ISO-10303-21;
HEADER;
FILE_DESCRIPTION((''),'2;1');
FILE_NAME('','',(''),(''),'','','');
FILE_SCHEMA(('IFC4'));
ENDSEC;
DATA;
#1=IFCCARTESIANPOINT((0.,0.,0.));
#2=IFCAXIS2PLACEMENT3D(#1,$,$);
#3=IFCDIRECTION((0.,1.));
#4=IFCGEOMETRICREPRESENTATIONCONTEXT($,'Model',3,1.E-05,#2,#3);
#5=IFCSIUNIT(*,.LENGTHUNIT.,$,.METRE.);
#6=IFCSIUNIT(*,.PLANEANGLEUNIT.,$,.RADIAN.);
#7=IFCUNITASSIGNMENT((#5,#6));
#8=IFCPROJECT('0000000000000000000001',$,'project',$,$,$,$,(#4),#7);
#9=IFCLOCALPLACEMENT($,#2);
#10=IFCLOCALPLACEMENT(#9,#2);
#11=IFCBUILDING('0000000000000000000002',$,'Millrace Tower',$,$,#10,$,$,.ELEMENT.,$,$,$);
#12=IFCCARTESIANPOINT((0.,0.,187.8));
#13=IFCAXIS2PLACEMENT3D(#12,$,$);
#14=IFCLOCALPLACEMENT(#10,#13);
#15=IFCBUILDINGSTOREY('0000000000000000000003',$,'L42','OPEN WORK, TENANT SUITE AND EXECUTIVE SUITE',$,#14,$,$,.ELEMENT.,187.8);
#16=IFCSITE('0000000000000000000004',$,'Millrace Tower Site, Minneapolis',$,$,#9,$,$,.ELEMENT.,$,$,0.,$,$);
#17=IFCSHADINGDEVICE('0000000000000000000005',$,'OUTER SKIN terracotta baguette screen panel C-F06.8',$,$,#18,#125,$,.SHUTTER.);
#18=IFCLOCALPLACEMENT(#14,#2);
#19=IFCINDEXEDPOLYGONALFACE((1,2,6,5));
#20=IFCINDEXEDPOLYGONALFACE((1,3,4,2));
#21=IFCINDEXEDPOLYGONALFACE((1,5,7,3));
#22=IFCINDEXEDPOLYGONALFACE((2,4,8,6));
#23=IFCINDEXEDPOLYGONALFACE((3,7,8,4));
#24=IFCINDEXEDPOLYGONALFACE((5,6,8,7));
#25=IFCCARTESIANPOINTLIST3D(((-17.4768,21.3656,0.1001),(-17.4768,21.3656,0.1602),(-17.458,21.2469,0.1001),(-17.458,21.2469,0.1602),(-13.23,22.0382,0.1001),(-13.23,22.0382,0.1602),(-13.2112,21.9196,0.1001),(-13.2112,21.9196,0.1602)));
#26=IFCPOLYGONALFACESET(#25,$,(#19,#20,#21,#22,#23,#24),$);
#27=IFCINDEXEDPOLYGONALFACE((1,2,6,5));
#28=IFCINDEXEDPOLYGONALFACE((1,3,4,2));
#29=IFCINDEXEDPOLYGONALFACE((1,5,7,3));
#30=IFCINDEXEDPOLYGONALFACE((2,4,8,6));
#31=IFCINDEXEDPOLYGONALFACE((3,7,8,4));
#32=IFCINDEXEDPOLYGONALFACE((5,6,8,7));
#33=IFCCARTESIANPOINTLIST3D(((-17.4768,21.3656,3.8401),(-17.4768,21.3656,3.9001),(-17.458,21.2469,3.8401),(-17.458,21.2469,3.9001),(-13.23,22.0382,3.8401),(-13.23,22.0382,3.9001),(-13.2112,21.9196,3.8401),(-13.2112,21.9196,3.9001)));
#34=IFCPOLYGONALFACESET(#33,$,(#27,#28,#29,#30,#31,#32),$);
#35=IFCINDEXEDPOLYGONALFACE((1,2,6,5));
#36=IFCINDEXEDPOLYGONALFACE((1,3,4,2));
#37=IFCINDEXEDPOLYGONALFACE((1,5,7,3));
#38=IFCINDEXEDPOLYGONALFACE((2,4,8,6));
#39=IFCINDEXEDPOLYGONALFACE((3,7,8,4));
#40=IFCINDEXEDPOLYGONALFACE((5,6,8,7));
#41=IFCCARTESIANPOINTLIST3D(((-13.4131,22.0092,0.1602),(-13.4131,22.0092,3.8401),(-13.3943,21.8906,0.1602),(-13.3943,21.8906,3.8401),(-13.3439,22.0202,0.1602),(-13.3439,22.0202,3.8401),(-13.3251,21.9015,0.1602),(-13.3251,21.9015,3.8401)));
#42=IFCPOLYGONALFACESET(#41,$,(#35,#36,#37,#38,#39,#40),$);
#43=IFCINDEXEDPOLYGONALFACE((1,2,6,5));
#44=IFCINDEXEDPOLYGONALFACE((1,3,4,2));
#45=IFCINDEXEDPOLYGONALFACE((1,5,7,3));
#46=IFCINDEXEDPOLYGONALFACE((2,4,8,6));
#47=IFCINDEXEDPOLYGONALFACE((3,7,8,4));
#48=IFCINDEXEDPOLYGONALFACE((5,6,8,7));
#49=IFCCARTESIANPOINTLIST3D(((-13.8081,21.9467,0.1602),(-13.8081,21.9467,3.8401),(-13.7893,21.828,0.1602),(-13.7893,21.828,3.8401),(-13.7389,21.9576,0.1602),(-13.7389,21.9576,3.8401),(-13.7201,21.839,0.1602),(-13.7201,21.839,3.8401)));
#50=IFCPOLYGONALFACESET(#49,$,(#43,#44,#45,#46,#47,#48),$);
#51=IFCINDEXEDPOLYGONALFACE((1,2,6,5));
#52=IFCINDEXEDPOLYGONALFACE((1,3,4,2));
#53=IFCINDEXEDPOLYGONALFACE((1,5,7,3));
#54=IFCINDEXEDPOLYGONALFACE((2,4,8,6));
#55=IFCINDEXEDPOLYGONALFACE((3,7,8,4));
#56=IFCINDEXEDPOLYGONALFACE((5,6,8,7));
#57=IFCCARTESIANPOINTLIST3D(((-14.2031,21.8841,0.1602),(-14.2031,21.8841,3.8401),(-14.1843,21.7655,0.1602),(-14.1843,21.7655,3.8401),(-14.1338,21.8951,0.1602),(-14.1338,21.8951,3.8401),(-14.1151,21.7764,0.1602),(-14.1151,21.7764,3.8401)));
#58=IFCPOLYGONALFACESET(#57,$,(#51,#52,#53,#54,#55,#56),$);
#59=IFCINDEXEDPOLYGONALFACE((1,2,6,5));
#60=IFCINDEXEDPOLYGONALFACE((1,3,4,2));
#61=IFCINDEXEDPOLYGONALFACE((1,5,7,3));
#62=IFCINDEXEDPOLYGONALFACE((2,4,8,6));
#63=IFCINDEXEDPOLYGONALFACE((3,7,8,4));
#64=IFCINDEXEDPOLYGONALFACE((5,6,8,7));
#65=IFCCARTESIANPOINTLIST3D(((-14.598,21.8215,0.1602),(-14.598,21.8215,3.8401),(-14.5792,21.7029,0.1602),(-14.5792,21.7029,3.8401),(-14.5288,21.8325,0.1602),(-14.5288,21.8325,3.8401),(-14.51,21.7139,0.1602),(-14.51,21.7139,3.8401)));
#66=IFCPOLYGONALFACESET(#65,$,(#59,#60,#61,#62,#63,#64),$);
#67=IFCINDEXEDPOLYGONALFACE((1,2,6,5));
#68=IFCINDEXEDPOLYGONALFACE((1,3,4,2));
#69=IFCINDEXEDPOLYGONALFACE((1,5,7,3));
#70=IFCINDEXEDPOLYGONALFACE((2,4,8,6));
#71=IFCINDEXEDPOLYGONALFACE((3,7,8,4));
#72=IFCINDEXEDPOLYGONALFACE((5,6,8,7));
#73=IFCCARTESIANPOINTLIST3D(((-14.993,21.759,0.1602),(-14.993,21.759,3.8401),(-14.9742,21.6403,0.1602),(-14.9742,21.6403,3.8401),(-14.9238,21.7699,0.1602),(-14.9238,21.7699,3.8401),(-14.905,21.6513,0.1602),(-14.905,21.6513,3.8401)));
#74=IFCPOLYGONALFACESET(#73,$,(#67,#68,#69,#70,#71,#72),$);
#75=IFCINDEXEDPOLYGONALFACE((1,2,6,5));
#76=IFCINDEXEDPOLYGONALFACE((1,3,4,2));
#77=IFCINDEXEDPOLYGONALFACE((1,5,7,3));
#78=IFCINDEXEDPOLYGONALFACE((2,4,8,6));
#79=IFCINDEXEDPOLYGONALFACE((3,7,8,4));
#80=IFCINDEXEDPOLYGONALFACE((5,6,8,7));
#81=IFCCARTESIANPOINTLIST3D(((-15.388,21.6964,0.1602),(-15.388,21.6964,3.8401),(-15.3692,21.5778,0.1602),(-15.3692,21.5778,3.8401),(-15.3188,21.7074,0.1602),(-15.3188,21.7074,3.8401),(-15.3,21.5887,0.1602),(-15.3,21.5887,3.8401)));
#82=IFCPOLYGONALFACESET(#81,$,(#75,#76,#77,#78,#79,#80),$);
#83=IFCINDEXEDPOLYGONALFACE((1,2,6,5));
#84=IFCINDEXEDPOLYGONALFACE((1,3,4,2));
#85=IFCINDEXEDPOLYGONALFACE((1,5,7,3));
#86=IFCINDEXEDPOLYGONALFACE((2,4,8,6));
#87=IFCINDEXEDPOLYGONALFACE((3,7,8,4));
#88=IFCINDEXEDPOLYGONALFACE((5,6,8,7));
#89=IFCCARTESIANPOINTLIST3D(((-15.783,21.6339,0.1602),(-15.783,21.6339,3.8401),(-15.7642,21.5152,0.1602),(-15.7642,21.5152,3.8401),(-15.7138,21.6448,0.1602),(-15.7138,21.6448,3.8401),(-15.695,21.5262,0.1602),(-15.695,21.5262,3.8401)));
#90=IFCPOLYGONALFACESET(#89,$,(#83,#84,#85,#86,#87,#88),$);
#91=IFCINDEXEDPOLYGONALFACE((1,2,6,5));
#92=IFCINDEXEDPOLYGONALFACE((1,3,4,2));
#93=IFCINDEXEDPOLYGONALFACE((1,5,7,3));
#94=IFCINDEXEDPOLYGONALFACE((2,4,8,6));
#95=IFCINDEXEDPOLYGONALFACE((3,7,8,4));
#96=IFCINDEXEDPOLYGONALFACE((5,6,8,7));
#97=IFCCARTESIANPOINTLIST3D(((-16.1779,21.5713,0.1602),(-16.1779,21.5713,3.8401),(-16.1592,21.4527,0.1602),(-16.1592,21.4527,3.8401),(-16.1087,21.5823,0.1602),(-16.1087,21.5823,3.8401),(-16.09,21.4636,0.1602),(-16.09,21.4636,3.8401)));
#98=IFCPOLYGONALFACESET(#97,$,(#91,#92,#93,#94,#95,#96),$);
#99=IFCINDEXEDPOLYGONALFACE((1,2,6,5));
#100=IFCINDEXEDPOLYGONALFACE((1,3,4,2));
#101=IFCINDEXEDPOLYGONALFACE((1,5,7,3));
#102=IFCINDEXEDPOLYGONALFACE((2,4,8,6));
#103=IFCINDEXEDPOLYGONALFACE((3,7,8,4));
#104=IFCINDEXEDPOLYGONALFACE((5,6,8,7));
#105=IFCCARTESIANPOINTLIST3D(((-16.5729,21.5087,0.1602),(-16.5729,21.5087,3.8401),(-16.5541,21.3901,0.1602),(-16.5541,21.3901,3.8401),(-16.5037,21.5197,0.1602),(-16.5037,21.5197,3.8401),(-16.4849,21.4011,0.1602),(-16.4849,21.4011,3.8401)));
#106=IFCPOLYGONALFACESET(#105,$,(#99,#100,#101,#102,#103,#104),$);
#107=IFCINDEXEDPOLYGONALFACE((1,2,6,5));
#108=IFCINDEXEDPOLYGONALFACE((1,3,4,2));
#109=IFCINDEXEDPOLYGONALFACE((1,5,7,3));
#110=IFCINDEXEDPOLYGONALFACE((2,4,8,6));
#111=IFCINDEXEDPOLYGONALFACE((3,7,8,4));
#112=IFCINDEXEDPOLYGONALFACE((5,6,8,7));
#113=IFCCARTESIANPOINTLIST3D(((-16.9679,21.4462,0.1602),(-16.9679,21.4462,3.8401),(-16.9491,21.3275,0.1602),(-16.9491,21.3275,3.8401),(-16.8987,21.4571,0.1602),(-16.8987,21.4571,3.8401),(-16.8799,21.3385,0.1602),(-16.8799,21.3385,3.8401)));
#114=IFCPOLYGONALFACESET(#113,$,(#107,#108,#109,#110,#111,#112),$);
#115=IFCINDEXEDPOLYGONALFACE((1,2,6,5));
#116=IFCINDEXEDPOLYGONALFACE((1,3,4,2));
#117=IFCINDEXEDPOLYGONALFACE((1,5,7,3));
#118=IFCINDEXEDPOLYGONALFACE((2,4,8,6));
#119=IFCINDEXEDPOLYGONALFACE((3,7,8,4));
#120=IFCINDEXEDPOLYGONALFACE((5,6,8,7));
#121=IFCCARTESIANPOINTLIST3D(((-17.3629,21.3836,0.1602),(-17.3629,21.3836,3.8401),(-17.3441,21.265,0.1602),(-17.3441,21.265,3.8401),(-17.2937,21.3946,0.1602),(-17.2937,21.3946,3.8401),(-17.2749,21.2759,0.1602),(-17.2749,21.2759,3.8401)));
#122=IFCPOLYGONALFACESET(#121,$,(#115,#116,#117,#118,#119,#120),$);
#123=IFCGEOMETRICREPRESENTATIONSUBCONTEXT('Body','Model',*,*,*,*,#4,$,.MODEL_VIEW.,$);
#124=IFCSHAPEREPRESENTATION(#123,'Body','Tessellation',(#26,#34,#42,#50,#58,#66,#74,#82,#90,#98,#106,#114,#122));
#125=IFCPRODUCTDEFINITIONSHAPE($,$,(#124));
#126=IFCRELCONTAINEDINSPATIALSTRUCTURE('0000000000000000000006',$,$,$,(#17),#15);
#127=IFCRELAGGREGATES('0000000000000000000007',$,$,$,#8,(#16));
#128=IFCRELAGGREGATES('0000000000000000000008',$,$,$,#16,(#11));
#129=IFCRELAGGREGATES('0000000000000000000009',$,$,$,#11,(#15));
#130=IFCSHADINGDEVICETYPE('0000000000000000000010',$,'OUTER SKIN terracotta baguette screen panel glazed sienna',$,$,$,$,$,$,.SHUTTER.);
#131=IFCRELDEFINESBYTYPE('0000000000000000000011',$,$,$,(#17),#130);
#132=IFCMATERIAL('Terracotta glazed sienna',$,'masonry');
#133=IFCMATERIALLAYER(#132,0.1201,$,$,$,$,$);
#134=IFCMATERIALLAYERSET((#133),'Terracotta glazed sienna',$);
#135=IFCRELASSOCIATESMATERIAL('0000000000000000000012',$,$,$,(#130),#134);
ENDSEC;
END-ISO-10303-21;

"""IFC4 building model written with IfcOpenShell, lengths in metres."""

from ifc_helpers import new_model, entity, si_unit, direction, frame, frame_2d, origin, origin_2d, place, context, subcontext, project, spatial, rectangle, extrude, source, transform, mapped, material, layer, layer_set, type_object, element, save


model = new_model("IFC4")

# Units and contexts
model_context = context("Model", 3, precision=1e-05, world=origin(), true_north=direction((0.0, 1.0)))
body_context = subcontext(model_context, "Body", "Model", "MODEL_VIEW")
ifc_project = project(units=[si_unit("LENGTHUNIT", "METRE"), si_unit("PLANEANGLEUNIT", "RADIAN")], contexts=[model_context])

# Site, building, storey
site_placement = place(None, origin())
site = spatial("IfcSite", under=ifc_project, at=site_placement, Name="Millrace Tower Site, Minneapolis", CompositionType="ELEMENT", RefElevation=0.0)
building_placement = place(site_placement, origin())
building = spatial("IfcBuilding", under=site, at=building_placement, Name="Millrace Tower", CompositionType="ELEMENT")
storey_placement = place(building_placement, frame((0.0, 0.0, 187.8)))
storey = spatial("IfcBuildingStorey", under=building, at=storey_placement, Name="L42", Description="OPEN WORK, TENANT SUITE AND EXECUTIVE SUITE", CompositionType="ELEMENT", Elevation=187.8)

# Shading device
ifc_material_1 = material(Name="Terracotta glazed sienna", Category="masonry")
ifc_layer_1 = layer(ifc_material_1, 0.1201)
ifc_layer_set_1 = layer_set([ifc_layer_1], Name="Terracotta glazed sienna")
shading_device_type = type_object("IfcShadingDeviceType", Name="OUTER SKIN terracotta baguette screen panel glazed sienna", PredefinedType="SHUTTER", material=ifc_layer_set_1)
cartesian_point_1 = entity("IfcCartesianPoint", [-2.1499, 0.0601])
shared_polyline_1 = entity("IfcPolyline", [cartesian_point_1, entity("IfcCartesianPoint", [2.1499, 0.0601]), entity("IfcCartesianPoint", [2.1499, -0.0601]), entity("IfcCartesianPoint", [-2.1499, -0.0601]), cartesian_point_1])
shared_shape_1 = source(origin(), body_context, "Body", "SweptSolid", [
    entity("IfcExtrudedAreaSolid", entity("IfcArbitraryClosedProfileDef", "AREA", None, shared_polyline_1), entity("IfcAxis2Placement3D", entity("IfcCartesianPoint", [0.0, 0.0, 0.0])), entity("IfcDirection", [0.0, 0.0, 1.0]), 0.0601),
    entity("IfcExtrudedAreaSolid", entity("IfcArbitraryClosedProfileDef", "AREA", None, shared_polyline_1), entity("IfcAxis2Placement3D", entity("IfcCartesianPoint", [0.0, 0.0, 3.74])), entity("IfcDirection", [0.0, 0.0, 1.0]), 0.0601),
    extrude(rectangle(XDim=0.0701, YDim=0.1201, at=frame_2d((-1.9995, 0.0))), frame((0.0, 0.0, 0.0601)), (0.0, 0.0, 1.0), 3.6799),
    extrude(rectangle(XDim=0.0701, YDim=0.1201, at=frame_2d((-1.5996, 0.0))), frame((0.0, 0.0, 0.0601)), (0.0, 0.0, 1.0), 3.6799),
    extrude(rectangle(XDim=0.0701, YDim=0.1201, at=frame_2d((-1.1997, 0.0))), frame((0.0, 0.0, 0.0601)), (0.0, 0.0, 1.0), 3.6799),
    extrude(rectangle(XDim=0.0701, YDim=0.1201, at=frame_2d((-0.7998, 0.0))), frame((0.0, 0.0, 0.0601)), (0.0, 0.0, 1.0), 3.6799),
    extrude(rectangle(XDim=0.0701, YDim=0.1201, at=frame_2d((-0.3999, 0.0))), frame((0.0, 0.0, 0.0601)), (0.0, 0.0, 1.0), 3.6799),
    extrude(rectangle(XDim=0.0701, YDim=0.1201, at=origin_2d()), frame((0.0, 0.0, 0.0601)), (0.0, 0.0, 1.0), 3.6799),
    extrude(rectangle(XDim=0.0701, YDim=0.1201, at=frame_2d((0.3999, 0.0))), frame((0.0, 0.0, 0.0601)), (0.0, 0.0, 1.0), 3.6799),
    extrude(rectangle(XDim=0.0701, YDim=0.1201, at=frame_2d((0.7998, 0.0))), frame((0.0, 0.0, 0.0601)), (0.0, 0.0, 1.0), 3.6799),
    extrude(rectangle(XDim=0.0701, YDim=0.1201, at=frame_2d((1.1997, 0.0))), frame((0.0, 0.0, 0.0601)), (0.0, 0.0, 1.0), 3.6799),
    extrude(rectangle(XDim=0.0701, YDim=0.1201, at=frame_2d((1.5996, 0.0))), frame((0.0, 0.0, 0.0601)), (0.0, 0.0, 1.0), 3.6799),
    extrude(rectangle(XDim=0.0701, YDim=0.1201, at=frame_2d((1.9995, 0.0))), frame((0.0, 0.0, 0.0601)), (0.0, 0.0, 1.0), 3.6799),
])
shading_device_1_placement = place(storey_placement, frame((-15.344, 21.6426, 0.1001), z_axis=(0.0, 0.0, 1.0), x_axis=(-0.987688, -0.156434, 0.0)))
element("IfcShadingDevice", 1, at=shading_device_1_placement, inside=storey, type_object=shading_device_type, Name="OUTER SKIN terracotta baguette screen panel C-F06.8", PredefinedType="SHUTTER", context=body_context, shape_type="MappedRepresentation", body=[
    mapped(shared_shape_1, transform((0.0, 0.0, 0.0), scale=1.0)),
])

save(model, "model.ifc")
